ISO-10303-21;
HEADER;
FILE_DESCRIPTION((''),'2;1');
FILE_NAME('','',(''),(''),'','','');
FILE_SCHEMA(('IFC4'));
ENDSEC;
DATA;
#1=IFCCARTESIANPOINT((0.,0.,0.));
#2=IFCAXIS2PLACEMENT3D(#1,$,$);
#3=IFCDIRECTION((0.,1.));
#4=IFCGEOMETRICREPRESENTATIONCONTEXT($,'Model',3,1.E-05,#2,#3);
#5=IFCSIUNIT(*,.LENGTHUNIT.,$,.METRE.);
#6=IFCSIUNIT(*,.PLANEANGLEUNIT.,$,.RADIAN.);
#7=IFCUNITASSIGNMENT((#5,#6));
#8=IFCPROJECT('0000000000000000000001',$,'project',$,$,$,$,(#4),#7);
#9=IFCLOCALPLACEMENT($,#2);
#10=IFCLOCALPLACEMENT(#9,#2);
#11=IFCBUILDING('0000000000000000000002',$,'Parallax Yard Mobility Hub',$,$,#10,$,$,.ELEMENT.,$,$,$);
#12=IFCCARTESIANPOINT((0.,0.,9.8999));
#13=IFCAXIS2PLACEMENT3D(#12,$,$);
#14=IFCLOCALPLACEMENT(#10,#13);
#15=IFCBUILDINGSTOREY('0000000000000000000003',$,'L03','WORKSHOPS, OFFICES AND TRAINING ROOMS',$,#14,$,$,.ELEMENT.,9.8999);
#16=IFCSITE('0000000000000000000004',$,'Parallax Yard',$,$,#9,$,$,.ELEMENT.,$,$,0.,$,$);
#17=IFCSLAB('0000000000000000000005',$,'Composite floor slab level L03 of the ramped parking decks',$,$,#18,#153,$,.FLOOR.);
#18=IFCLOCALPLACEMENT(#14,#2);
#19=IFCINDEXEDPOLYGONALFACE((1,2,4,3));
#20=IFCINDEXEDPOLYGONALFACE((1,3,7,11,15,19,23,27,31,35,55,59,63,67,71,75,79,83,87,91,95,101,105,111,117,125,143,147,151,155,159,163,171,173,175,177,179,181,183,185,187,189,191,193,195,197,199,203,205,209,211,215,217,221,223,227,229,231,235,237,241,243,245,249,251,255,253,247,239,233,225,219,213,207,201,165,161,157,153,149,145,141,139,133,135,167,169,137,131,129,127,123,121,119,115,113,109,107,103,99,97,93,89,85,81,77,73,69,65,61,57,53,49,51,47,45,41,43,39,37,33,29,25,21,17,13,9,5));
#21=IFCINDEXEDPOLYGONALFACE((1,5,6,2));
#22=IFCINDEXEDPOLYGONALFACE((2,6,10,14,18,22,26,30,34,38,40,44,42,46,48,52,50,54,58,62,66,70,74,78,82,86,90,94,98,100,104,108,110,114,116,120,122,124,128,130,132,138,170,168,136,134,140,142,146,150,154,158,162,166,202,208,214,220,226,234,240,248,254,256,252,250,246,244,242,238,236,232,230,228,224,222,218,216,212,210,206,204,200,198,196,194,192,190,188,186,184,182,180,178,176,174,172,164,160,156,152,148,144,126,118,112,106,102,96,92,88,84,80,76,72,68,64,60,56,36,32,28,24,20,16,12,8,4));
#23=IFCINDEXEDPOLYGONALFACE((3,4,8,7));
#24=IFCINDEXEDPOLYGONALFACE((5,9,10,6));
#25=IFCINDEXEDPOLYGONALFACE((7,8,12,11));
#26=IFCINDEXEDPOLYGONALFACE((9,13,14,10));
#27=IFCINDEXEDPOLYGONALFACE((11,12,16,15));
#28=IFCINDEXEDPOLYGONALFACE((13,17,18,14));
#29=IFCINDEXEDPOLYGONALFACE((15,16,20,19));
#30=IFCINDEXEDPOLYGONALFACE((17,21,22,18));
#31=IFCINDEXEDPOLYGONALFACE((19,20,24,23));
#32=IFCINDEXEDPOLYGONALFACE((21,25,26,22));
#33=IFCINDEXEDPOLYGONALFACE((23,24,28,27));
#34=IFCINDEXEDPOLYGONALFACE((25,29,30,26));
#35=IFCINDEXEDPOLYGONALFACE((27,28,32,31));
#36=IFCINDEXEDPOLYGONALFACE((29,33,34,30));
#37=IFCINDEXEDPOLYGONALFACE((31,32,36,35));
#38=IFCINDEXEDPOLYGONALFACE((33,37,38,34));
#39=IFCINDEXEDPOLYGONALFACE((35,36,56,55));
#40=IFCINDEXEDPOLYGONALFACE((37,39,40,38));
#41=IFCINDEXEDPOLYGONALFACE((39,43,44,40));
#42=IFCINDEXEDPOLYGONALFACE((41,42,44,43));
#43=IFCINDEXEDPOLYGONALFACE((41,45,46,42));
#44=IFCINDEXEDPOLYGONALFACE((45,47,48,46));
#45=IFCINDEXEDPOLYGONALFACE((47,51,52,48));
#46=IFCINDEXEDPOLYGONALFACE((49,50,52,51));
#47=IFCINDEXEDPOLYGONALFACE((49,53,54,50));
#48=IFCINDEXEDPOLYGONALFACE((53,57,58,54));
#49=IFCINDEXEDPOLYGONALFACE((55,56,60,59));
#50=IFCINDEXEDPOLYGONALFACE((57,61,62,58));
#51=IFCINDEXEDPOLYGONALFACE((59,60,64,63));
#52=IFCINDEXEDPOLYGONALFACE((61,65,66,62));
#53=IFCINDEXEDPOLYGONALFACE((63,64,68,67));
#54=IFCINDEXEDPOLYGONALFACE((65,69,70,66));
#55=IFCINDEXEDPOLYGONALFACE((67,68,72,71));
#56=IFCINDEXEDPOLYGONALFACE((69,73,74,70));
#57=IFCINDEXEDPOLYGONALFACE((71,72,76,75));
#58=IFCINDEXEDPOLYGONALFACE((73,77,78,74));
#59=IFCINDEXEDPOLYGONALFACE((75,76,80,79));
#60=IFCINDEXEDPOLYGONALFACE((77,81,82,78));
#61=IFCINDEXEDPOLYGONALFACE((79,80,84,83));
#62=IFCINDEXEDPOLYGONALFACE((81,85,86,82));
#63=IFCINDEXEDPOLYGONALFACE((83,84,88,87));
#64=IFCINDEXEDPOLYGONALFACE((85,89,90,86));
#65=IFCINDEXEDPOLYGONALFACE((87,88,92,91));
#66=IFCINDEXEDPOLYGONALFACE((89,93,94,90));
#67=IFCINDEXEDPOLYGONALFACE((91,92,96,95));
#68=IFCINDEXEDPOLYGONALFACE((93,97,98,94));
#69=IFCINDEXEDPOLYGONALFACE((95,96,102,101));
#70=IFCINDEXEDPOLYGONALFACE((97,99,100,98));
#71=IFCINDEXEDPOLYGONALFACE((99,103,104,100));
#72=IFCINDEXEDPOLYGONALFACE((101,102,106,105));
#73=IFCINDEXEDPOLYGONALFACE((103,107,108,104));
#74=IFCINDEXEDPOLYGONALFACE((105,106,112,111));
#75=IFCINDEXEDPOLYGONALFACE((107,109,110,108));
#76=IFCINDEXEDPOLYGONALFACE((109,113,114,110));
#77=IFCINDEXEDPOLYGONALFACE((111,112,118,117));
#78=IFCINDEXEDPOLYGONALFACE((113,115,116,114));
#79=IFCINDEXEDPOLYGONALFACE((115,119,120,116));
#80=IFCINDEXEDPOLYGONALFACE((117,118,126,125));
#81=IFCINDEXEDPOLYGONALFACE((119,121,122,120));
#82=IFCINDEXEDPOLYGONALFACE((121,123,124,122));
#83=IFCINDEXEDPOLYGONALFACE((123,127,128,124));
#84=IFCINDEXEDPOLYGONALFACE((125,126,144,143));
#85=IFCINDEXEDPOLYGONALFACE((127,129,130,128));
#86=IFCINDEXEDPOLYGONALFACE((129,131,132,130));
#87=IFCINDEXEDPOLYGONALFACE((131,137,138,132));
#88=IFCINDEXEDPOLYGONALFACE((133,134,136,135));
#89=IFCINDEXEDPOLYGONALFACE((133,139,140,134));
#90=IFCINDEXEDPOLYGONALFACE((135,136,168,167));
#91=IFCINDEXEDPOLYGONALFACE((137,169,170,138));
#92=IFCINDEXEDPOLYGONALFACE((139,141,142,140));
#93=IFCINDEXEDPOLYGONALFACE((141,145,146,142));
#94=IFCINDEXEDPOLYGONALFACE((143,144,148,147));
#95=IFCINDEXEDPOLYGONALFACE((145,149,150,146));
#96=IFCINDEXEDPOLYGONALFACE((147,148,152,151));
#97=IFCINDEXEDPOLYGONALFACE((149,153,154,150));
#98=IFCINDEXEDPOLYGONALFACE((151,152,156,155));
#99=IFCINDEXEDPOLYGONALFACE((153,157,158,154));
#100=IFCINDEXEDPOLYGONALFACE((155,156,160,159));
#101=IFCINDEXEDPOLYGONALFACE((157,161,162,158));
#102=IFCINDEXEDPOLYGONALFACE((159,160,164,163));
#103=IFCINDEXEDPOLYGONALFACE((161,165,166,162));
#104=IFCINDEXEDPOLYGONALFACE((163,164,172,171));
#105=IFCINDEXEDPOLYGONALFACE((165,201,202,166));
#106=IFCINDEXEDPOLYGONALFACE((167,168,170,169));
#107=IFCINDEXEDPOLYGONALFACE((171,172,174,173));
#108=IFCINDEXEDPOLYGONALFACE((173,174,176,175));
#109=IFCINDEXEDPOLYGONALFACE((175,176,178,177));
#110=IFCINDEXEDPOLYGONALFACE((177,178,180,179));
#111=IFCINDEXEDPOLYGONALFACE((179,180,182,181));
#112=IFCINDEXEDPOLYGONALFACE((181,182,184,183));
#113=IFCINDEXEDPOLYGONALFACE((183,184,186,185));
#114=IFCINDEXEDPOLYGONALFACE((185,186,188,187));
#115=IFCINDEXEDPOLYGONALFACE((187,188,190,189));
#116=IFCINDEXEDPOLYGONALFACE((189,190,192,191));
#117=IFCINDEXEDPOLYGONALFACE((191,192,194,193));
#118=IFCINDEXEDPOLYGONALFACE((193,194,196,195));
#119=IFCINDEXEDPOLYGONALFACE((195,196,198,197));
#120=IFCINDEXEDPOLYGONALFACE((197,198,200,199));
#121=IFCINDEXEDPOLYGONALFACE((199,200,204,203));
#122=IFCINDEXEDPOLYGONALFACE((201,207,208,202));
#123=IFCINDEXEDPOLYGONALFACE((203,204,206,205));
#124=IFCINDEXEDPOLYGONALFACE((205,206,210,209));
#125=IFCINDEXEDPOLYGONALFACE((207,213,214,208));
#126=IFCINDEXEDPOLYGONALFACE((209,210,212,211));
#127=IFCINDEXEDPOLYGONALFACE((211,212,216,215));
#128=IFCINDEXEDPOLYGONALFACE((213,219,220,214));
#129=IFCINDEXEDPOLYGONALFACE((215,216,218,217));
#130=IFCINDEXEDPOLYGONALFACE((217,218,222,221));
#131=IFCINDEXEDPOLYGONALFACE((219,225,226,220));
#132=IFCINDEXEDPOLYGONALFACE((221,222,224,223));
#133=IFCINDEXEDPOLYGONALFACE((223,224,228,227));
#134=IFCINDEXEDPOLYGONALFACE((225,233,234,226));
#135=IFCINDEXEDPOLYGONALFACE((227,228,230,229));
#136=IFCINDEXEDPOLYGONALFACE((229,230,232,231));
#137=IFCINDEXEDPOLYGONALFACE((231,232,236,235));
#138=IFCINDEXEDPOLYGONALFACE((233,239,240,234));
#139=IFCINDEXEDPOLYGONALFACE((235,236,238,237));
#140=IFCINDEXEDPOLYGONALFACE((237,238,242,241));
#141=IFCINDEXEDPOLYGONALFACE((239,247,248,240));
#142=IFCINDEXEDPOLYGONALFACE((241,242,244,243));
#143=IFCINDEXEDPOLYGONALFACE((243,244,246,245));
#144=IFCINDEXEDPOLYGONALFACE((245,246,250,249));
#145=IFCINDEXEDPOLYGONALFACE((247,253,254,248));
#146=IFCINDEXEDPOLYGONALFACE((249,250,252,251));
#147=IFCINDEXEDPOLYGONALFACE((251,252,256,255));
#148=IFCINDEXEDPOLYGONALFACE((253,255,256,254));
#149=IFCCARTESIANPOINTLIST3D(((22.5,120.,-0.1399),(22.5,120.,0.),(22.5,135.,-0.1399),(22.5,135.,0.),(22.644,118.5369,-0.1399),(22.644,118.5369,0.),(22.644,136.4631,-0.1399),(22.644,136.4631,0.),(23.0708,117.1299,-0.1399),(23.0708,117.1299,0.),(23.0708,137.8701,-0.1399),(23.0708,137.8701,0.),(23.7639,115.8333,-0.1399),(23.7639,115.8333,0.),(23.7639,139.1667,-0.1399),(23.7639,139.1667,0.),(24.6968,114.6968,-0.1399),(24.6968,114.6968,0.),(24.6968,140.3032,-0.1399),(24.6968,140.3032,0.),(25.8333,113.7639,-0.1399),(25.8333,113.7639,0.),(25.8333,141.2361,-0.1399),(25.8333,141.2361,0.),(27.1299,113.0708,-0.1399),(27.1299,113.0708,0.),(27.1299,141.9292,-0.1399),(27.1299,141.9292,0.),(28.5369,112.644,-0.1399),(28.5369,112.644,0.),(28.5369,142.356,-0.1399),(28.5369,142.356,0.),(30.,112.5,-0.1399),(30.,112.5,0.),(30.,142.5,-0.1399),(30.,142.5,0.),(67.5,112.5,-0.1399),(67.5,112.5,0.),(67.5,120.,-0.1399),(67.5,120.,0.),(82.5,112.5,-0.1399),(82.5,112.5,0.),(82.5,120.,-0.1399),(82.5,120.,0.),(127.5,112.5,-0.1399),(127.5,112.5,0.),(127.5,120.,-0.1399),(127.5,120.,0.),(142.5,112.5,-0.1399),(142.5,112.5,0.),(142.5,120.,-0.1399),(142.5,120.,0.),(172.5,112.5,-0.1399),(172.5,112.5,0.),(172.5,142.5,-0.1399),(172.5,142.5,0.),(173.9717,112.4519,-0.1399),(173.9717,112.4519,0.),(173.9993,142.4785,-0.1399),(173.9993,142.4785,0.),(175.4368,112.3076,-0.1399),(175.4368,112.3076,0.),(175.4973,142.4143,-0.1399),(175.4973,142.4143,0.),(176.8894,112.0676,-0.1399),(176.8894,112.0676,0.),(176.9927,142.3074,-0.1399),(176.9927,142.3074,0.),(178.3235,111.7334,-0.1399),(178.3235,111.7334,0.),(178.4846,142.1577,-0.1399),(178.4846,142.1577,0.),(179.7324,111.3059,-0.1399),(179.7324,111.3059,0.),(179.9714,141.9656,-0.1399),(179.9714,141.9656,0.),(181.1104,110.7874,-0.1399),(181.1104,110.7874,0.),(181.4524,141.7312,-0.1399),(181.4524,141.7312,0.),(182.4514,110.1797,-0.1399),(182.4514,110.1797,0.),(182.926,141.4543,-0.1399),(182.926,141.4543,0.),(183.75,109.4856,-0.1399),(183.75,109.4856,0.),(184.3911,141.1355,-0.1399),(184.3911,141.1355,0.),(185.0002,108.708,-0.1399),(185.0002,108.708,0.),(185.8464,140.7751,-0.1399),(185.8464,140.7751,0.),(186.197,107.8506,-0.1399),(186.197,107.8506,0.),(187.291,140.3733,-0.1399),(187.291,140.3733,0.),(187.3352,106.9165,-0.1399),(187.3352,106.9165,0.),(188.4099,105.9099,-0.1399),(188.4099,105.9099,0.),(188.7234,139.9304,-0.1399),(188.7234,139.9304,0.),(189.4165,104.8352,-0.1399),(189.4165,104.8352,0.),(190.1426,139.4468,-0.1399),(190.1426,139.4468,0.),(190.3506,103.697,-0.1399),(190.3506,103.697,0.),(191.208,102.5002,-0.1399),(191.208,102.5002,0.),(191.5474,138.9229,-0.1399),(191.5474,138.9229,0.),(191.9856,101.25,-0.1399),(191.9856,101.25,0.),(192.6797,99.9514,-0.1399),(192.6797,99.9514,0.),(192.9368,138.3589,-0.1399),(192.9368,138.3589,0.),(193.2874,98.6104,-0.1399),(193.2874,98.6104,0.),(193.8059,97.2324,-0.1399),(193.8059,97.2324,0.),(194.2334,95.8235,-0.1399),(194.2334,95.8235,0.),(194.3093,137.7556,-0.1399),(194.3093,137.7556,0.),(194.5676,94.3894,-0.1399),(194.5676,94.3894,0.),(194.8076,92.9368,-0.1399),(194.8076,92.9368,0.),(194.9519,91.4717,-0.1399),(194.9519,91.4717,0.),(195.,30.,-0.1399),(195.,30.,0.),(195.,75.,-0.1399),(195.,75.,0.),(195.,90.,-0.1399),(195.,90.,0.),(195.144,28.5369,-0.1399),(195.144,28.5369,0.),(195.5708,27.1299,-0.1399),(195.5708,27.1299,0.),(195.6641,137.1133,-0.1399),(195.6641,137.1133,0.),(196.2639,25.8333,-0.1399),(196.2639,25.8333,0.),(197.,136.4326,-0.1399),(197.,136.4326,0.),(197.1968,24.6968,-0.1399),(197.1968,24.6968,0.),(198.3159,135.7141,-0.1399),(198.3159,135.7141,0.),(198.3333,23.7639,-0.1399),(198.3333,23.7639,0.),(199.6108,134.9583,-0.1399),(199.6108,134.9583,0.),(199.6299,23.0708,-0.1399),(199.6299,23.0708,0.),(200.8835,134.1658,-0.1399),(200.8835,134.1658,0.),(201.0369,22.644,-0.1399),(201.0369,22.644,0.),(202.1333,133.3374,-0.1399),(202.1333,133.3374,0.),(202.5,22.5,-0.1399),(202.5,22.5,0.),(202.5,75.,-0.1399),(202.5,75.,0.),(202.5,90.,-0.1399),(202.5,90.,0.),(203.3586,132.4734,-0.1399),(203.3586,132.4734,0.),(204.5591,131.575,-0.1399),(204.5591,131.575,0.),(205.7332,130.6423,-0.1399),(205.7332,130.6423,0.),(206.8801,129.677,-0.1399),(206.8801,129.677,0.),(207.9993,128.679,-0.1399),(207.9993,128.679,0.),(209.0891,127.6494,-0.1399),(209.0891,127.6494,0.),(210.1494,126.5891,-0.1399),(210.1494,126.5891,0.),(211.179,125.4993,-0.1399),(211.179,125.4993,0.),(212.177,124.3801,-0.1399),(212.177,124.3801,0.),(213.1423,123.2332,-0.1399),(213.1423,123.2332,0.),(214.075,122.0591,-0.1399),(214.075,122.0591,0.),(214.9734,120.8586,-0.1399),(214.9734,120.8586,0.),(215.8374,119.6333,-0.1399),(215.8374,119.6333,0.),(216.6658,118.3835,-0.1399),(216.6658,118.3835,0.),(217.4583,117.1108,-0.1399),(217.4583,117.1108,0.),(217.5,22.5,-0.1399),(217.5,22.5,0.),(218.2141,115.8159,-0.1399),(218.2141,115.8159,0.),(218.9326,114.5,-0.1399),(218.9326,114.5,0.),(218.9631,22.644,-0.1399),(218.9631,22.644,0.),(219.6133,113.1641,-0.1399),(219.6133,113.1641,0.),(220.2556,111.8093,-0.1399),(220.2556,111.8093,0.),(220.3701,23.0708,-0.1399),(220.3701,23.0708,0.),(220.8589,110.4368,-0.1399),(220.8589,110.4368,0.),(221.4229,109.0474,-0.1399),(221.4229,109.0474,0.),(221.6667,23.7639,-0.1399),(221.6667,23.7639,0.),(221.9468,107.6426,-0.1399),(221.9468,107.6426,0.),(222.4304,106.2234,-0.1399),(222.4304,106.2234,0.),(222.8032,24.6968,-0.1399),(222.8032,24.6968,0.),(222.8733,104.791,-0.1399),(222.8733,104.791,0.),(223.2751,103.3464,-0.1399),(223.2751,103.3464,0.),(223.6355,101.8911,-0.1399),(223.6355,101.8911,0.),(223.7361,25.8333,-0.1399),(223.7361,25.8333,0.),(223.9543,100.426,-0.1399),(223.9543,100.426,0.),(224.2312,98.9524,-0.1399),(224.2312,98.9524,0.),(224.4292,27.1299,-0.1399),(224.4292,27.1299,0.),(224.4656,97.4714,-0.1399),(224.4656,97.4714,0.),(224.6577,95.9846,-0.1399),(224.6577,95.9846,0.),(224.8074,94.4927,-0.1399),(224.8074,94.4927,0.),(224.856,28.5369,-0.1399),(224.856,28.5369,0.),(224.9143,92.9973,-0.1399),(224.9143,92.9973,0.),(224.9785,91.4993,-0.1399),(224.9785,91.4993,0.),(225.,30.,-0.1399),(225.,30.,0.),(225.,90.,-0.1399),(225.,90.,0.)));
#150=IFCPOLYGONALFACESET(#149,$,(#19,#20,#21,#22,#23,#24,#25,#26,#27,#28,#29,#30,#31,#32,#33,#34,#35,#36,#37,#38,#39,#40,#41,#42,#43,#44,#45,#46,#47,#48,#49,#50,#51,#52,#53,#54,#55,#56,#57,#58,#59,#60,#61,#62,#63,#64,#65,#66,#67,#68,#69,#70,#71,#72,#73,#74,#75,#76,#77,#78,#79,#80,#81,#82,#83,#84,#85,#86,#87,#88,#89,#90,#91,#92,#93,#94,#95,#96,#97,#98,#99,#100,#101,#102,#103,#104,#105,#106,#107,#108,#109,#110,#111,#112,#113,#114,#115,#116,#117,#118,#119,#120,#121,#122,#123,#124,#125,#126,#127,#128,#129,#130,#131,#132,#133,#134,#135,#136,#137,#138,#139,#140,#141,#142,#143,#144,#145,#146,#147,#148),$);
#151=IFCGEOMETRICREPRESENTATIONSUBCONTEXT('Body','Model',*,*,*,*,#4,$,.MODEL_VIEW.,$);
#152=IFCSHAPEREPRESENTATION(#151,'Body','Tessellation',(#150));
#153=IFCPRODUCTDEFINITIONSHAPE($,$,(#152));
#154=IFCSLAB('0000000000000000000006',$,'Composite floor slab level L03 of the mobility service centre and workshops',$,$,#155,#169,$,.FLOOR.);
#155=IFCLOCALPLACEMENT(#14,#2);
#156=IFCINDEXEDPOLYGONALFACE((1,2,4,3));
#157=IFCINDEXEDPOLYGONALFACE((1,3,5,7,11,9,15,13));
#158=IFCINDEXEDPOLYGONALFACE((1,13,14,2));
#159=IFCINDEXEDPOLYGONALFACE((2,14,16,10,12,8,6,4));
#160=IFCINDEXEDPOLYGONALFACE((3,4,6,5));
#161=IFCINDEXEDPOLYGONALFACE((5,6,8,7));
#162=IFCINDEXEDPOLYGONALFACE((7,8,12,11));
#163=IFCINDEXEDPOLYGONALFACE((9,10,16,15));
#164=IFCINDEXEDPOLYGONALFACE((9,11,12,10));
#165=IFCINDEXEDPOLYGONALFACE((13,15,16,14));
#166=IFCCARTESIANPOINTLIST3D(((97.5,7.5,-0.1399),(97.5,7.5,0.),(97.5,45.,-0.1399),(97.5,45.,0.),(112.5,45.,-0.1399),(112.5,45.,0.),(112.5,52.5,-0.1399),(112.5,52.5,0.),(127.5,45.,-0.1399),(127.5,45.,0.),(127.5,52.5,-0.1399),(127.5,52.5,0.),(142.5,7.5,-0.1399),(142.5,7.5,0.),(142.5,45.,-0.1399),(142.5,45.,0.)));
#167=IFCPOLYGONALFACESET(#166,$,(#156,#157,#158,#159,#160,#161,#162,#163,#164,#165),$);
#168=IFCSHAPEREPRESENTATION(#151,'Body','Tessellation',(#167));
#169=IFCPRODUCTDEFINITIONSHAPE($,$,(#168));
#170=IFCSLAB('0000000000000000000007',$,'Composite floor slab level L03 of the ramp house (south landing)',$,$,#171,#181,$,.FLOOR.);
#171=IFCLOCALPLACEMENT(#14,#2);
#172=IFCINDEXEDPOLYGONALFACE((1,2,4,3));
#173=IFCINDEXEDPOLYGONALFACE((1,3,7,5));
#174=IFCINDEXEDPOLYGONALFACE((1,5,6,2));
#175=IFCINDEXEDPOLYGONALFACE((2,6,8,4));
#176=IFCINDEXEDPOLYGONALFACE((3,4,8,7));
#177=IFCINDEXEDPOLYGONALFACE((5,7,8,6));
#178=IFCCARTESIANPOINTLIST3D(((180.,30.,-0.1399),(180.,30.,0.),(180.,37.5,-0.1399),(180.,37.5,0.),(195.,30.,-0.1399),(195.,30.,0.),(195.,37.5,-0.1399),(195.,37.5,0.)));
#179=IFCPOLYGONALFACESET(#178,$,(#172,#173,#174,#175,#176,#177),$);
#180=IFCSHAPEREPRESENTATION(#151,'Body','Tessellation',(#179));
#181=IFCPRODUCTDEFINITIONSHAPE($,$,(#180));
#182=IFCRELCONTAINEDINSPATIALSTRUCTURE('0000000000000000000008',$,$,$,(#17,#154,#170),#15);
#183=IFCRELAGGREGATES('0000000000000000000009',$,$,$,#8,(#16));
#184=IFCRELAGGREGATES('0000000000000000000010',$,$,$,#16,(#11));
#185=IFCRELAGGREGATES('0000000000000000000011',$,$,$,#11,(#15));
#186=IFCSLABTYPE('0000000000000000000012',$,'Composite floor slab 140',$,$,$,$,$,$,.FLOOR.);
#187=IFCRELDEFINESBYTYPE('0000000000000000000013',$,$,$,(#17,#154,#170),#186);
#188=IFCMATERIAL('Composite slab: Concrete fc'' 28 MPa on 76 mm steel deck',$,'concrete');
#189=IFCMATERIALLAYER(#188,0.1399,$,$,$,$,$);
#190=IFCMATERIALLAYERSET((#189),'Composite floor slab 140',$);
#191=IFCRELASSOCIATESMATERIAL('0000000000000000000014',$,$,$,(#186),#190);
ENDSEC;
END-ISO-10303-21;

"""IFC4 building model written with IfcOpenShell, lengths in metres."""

from ifc_helpers import new_model, si_unit, direction, frame, origin, place, context, subcontext, project, spatial, polyline, outline, extrude, material, layer, layer_set, type_object, element, save


model = new_model("IFC4")

# Units and contexts
model_context = context("Model", 3, precision=1e-05, world=origin(), true_north=direction((0.0, 1.0)))
body_context = subcontext(model_context, "Body", "Model", "MODEL_VIEW")
ifc_project = project(units=[si_unit("LENGTHUNIT", "METRE"), si_unit("PLANEANGLEUNIT", "RADIAN")], contexts=[model_context])

# Site, building, storey
site_placement = place(None, origin())
site = spatial("IfcSite", under=ifc_project, at=site_placement, Name="Parallax Yard", CompositionType="ELEMENT", RefElevation=0.0)
building_placement = place(site_placement, origin())
building = spatial("IfcBuilding", under=site, at=building_placement, Name="Parallax Yard Mobility Hub", CompositionType="ELEMENT")
storey_placement = place(building_placement, frame((0.0, 0.0, 9.8999)))
storey = spatial("IfcBuildingStorey", under=building, at=storey_placement, Name="L03", Description="WORKSHOPS, OFFICES AND TRAINING ROOMS", CompositionType="ELEMENT", Elevation=9.8999)

# Slabs
ifc_material_1 = material(Name="Composite slab: Concrete fc' 28 MPa on 76 mm steel deck", Category="concrete")
ifc_layer_1 = layer(ifc_material_1, 0.1399)
ifc_layer_set_1 = layer_set([ifc_layer_1], Name="Composite floor slab 140")
slab_type_1 = type_object("IfcSlabType", Name="Composite floor slab 140", PredefinedType="FLOOR", material=ifc_layer_set_1)
slab_1_placement = place(storey_placement, frame((0.0, 0.0, -0.1399)))
element("IfcSlab", 1, at=slab_1_placement, inside=storey, type_object=slab_type_1, Name="Composite floor slab level L03 of the ramped parking decks", PredefinedType="FLOOR", context=body_context, shape_type="SweptSolid", body=[
    extrude(outline(polyline([(25.8333, 141.2361), (24.6968, 140.3032), (23.7639, 139.1667), (23.0708, 137.8701), (22.644, 136.4631), (22.5, 135.0), (22.5, 120.0), (22.644, 118.5369), (23.0708, 117.1299), (23.7639, 115.8333), (24.6968, 114.6968), (25.8333, 113.7639), (27.1299, 113.0708), (28.5369, 112.644), (30.0, 112.5), (67.5, 112.5), (67.5, 120.0), (82.5, 120.0), (82.5, 112.5), (127.5, 112.5), (127.5, 120.0), (142.5, 120.0), (142.5, 112.5), (172.5, 112.5), (173.9717, 112.4519), (175.4368, 112.3076), (176.8894, 112.0676), (178.3235, 111.7334), (179.7324, 111.3059), (181.1104, 110.7874), (182.4514, 110.1797), (183.75, 109.4856), (185.0002, 108.708), (186.197, 107.8506), (187.3352, 106.9165), (188.4099, 105.9099), (189.4165, 104.8352), (190.3506, 103.697), (191.208, 102.5002), (191.9856, 101.25), (192.6797, 99.9514), (193.2874, 98.6104), (193.8059, 97.2324), (194.2334, 95.8235), (194.5676, 94.3894), (194.8076, 92.9368), (194.9519, 91.4717), (195.0, 90.0), (202.5, 90.0), (202.5, 75.0), (195.0, 75.0), (195.0, 30.0), (195.144, 28.5369), (195.5708, 27.1299), (196.2639, 25.8333), (197.1968, 24.6968), (198.3333, 23.7639), (199.6299, 23.0708), (201.0369, 22.644), (202.5, 22.5), (217.5, 22.5), (218.9631, 22.644), (220.3701, 23.0708), (221.6667, 23.7639), (222.8032, 24.6968), (223.7361, 25.8333), (224.4292, 27.1299), (224.856, 28.5369), (225.0, 30.0), (225.0, 90.0), (224.9785, 91.4993), (224.9143, 92.9973), (224.8074, 94.4927), (224.6577, 95.9846), (224.4656, 97.4714), (224.2312, 98.9524), (223.9543, 100.426), (223.6355, 101.8911), (223.2751, 103.3464), (222.8733, 104.791), (222.4304, 106.2234), (221.9468, 107.6426), (221.4229, 109.0474), (220.8589, 110.4368), (220.2556, 111.8093), (219.6133, 113.1641), (218.9326, 114.5), (218.2141, 115.8159), (217.4583, 117.1108), (216.6658, 118.3835), (215.8374, 119.6333), (214.9734, 120.8586), (214.075, 122.0591), (213.1423, 123.2332), (212.177, 124.3801), (211.179, 125.4993), (210.1494, 126.5891), (209.0891, 127.6494), (207.9993, 128.679), (206.8801, 129.677), (205.7332, 130.6423), (204.5591, 131.575), (203.3586, 132.4734), (202.1333, 133.3374), (200.8835, 134.1658), (199.6108, 134.9583), (198.3159, 135.7141), (197.0, 136.4326), (195.6641, 137.1133), (194.3093, 137.7556), (192.9368, 138.3589), (191.5474, 138.9229), (190.1426, 139.4468), (188.7234, 139.9304), (187.291, 140.3733), (185.8464, 140.7751), (184.3911, 141.1355), (182.926, 141.4543), (181.4524, 141.7312), (179.9714, 141.9656), (178.4846, 142.1577), (176.9927, 142.3074), (175.4973, 142.4143), (173.9993, 142.4785), (172.5, 142.5), (30.0, 142.5), (28.5369, 142.356), (27.1299, 141.9292), (25.8333, 141.2361)])), origin(), (0.0, 0.0, 1.0), 0.1399),
])
slab_2_placement = place(storey_placement, frame((0.0, 0.0, -0.1399)))
element("IfcSlab", 2, at=slab_2_placement, inside=storey, type_object=slab_type_1, Name="Composite floor slab level L03 of the mobility service centre and workshops", PredefinedType="FLOOR", context=body_context, shape_type="SweptSolid", body=[
    extrude(outline(polyline([(142.5, 7.5), (142.5, 45.0), (127.5, 45.0), (127.5, 52.5), (112.5, 52.5), (112.5, 45.0), (97.5, 45.0), (97.5, 7.5), (142.5, 7.5)])), origin(), (0.0, 0.0, 1.0), 0.1399),
])
slab_3_placement = place(storey_placement, frame((0.0, 0.0, -0.1399)))
element("IfcSlab", 3, at=slab_3_placement, inside=storey, type_object=slab_type_1, Name="Composite floor slab level L03 of the ramp house (south landing)", PredefinedType="FLOOR", context=body_context, shape_type="SweptSolid", body=[
    extrude(outline(polyline([(195.0, 30.0), (195.0, 37.5), (180.0, 37.5), (180.0, 30.0), (195.0, 30.0)])), origin(), (0.0, 0.0, 1.0), 0.1399),
])

save(model, "model.ifc")
